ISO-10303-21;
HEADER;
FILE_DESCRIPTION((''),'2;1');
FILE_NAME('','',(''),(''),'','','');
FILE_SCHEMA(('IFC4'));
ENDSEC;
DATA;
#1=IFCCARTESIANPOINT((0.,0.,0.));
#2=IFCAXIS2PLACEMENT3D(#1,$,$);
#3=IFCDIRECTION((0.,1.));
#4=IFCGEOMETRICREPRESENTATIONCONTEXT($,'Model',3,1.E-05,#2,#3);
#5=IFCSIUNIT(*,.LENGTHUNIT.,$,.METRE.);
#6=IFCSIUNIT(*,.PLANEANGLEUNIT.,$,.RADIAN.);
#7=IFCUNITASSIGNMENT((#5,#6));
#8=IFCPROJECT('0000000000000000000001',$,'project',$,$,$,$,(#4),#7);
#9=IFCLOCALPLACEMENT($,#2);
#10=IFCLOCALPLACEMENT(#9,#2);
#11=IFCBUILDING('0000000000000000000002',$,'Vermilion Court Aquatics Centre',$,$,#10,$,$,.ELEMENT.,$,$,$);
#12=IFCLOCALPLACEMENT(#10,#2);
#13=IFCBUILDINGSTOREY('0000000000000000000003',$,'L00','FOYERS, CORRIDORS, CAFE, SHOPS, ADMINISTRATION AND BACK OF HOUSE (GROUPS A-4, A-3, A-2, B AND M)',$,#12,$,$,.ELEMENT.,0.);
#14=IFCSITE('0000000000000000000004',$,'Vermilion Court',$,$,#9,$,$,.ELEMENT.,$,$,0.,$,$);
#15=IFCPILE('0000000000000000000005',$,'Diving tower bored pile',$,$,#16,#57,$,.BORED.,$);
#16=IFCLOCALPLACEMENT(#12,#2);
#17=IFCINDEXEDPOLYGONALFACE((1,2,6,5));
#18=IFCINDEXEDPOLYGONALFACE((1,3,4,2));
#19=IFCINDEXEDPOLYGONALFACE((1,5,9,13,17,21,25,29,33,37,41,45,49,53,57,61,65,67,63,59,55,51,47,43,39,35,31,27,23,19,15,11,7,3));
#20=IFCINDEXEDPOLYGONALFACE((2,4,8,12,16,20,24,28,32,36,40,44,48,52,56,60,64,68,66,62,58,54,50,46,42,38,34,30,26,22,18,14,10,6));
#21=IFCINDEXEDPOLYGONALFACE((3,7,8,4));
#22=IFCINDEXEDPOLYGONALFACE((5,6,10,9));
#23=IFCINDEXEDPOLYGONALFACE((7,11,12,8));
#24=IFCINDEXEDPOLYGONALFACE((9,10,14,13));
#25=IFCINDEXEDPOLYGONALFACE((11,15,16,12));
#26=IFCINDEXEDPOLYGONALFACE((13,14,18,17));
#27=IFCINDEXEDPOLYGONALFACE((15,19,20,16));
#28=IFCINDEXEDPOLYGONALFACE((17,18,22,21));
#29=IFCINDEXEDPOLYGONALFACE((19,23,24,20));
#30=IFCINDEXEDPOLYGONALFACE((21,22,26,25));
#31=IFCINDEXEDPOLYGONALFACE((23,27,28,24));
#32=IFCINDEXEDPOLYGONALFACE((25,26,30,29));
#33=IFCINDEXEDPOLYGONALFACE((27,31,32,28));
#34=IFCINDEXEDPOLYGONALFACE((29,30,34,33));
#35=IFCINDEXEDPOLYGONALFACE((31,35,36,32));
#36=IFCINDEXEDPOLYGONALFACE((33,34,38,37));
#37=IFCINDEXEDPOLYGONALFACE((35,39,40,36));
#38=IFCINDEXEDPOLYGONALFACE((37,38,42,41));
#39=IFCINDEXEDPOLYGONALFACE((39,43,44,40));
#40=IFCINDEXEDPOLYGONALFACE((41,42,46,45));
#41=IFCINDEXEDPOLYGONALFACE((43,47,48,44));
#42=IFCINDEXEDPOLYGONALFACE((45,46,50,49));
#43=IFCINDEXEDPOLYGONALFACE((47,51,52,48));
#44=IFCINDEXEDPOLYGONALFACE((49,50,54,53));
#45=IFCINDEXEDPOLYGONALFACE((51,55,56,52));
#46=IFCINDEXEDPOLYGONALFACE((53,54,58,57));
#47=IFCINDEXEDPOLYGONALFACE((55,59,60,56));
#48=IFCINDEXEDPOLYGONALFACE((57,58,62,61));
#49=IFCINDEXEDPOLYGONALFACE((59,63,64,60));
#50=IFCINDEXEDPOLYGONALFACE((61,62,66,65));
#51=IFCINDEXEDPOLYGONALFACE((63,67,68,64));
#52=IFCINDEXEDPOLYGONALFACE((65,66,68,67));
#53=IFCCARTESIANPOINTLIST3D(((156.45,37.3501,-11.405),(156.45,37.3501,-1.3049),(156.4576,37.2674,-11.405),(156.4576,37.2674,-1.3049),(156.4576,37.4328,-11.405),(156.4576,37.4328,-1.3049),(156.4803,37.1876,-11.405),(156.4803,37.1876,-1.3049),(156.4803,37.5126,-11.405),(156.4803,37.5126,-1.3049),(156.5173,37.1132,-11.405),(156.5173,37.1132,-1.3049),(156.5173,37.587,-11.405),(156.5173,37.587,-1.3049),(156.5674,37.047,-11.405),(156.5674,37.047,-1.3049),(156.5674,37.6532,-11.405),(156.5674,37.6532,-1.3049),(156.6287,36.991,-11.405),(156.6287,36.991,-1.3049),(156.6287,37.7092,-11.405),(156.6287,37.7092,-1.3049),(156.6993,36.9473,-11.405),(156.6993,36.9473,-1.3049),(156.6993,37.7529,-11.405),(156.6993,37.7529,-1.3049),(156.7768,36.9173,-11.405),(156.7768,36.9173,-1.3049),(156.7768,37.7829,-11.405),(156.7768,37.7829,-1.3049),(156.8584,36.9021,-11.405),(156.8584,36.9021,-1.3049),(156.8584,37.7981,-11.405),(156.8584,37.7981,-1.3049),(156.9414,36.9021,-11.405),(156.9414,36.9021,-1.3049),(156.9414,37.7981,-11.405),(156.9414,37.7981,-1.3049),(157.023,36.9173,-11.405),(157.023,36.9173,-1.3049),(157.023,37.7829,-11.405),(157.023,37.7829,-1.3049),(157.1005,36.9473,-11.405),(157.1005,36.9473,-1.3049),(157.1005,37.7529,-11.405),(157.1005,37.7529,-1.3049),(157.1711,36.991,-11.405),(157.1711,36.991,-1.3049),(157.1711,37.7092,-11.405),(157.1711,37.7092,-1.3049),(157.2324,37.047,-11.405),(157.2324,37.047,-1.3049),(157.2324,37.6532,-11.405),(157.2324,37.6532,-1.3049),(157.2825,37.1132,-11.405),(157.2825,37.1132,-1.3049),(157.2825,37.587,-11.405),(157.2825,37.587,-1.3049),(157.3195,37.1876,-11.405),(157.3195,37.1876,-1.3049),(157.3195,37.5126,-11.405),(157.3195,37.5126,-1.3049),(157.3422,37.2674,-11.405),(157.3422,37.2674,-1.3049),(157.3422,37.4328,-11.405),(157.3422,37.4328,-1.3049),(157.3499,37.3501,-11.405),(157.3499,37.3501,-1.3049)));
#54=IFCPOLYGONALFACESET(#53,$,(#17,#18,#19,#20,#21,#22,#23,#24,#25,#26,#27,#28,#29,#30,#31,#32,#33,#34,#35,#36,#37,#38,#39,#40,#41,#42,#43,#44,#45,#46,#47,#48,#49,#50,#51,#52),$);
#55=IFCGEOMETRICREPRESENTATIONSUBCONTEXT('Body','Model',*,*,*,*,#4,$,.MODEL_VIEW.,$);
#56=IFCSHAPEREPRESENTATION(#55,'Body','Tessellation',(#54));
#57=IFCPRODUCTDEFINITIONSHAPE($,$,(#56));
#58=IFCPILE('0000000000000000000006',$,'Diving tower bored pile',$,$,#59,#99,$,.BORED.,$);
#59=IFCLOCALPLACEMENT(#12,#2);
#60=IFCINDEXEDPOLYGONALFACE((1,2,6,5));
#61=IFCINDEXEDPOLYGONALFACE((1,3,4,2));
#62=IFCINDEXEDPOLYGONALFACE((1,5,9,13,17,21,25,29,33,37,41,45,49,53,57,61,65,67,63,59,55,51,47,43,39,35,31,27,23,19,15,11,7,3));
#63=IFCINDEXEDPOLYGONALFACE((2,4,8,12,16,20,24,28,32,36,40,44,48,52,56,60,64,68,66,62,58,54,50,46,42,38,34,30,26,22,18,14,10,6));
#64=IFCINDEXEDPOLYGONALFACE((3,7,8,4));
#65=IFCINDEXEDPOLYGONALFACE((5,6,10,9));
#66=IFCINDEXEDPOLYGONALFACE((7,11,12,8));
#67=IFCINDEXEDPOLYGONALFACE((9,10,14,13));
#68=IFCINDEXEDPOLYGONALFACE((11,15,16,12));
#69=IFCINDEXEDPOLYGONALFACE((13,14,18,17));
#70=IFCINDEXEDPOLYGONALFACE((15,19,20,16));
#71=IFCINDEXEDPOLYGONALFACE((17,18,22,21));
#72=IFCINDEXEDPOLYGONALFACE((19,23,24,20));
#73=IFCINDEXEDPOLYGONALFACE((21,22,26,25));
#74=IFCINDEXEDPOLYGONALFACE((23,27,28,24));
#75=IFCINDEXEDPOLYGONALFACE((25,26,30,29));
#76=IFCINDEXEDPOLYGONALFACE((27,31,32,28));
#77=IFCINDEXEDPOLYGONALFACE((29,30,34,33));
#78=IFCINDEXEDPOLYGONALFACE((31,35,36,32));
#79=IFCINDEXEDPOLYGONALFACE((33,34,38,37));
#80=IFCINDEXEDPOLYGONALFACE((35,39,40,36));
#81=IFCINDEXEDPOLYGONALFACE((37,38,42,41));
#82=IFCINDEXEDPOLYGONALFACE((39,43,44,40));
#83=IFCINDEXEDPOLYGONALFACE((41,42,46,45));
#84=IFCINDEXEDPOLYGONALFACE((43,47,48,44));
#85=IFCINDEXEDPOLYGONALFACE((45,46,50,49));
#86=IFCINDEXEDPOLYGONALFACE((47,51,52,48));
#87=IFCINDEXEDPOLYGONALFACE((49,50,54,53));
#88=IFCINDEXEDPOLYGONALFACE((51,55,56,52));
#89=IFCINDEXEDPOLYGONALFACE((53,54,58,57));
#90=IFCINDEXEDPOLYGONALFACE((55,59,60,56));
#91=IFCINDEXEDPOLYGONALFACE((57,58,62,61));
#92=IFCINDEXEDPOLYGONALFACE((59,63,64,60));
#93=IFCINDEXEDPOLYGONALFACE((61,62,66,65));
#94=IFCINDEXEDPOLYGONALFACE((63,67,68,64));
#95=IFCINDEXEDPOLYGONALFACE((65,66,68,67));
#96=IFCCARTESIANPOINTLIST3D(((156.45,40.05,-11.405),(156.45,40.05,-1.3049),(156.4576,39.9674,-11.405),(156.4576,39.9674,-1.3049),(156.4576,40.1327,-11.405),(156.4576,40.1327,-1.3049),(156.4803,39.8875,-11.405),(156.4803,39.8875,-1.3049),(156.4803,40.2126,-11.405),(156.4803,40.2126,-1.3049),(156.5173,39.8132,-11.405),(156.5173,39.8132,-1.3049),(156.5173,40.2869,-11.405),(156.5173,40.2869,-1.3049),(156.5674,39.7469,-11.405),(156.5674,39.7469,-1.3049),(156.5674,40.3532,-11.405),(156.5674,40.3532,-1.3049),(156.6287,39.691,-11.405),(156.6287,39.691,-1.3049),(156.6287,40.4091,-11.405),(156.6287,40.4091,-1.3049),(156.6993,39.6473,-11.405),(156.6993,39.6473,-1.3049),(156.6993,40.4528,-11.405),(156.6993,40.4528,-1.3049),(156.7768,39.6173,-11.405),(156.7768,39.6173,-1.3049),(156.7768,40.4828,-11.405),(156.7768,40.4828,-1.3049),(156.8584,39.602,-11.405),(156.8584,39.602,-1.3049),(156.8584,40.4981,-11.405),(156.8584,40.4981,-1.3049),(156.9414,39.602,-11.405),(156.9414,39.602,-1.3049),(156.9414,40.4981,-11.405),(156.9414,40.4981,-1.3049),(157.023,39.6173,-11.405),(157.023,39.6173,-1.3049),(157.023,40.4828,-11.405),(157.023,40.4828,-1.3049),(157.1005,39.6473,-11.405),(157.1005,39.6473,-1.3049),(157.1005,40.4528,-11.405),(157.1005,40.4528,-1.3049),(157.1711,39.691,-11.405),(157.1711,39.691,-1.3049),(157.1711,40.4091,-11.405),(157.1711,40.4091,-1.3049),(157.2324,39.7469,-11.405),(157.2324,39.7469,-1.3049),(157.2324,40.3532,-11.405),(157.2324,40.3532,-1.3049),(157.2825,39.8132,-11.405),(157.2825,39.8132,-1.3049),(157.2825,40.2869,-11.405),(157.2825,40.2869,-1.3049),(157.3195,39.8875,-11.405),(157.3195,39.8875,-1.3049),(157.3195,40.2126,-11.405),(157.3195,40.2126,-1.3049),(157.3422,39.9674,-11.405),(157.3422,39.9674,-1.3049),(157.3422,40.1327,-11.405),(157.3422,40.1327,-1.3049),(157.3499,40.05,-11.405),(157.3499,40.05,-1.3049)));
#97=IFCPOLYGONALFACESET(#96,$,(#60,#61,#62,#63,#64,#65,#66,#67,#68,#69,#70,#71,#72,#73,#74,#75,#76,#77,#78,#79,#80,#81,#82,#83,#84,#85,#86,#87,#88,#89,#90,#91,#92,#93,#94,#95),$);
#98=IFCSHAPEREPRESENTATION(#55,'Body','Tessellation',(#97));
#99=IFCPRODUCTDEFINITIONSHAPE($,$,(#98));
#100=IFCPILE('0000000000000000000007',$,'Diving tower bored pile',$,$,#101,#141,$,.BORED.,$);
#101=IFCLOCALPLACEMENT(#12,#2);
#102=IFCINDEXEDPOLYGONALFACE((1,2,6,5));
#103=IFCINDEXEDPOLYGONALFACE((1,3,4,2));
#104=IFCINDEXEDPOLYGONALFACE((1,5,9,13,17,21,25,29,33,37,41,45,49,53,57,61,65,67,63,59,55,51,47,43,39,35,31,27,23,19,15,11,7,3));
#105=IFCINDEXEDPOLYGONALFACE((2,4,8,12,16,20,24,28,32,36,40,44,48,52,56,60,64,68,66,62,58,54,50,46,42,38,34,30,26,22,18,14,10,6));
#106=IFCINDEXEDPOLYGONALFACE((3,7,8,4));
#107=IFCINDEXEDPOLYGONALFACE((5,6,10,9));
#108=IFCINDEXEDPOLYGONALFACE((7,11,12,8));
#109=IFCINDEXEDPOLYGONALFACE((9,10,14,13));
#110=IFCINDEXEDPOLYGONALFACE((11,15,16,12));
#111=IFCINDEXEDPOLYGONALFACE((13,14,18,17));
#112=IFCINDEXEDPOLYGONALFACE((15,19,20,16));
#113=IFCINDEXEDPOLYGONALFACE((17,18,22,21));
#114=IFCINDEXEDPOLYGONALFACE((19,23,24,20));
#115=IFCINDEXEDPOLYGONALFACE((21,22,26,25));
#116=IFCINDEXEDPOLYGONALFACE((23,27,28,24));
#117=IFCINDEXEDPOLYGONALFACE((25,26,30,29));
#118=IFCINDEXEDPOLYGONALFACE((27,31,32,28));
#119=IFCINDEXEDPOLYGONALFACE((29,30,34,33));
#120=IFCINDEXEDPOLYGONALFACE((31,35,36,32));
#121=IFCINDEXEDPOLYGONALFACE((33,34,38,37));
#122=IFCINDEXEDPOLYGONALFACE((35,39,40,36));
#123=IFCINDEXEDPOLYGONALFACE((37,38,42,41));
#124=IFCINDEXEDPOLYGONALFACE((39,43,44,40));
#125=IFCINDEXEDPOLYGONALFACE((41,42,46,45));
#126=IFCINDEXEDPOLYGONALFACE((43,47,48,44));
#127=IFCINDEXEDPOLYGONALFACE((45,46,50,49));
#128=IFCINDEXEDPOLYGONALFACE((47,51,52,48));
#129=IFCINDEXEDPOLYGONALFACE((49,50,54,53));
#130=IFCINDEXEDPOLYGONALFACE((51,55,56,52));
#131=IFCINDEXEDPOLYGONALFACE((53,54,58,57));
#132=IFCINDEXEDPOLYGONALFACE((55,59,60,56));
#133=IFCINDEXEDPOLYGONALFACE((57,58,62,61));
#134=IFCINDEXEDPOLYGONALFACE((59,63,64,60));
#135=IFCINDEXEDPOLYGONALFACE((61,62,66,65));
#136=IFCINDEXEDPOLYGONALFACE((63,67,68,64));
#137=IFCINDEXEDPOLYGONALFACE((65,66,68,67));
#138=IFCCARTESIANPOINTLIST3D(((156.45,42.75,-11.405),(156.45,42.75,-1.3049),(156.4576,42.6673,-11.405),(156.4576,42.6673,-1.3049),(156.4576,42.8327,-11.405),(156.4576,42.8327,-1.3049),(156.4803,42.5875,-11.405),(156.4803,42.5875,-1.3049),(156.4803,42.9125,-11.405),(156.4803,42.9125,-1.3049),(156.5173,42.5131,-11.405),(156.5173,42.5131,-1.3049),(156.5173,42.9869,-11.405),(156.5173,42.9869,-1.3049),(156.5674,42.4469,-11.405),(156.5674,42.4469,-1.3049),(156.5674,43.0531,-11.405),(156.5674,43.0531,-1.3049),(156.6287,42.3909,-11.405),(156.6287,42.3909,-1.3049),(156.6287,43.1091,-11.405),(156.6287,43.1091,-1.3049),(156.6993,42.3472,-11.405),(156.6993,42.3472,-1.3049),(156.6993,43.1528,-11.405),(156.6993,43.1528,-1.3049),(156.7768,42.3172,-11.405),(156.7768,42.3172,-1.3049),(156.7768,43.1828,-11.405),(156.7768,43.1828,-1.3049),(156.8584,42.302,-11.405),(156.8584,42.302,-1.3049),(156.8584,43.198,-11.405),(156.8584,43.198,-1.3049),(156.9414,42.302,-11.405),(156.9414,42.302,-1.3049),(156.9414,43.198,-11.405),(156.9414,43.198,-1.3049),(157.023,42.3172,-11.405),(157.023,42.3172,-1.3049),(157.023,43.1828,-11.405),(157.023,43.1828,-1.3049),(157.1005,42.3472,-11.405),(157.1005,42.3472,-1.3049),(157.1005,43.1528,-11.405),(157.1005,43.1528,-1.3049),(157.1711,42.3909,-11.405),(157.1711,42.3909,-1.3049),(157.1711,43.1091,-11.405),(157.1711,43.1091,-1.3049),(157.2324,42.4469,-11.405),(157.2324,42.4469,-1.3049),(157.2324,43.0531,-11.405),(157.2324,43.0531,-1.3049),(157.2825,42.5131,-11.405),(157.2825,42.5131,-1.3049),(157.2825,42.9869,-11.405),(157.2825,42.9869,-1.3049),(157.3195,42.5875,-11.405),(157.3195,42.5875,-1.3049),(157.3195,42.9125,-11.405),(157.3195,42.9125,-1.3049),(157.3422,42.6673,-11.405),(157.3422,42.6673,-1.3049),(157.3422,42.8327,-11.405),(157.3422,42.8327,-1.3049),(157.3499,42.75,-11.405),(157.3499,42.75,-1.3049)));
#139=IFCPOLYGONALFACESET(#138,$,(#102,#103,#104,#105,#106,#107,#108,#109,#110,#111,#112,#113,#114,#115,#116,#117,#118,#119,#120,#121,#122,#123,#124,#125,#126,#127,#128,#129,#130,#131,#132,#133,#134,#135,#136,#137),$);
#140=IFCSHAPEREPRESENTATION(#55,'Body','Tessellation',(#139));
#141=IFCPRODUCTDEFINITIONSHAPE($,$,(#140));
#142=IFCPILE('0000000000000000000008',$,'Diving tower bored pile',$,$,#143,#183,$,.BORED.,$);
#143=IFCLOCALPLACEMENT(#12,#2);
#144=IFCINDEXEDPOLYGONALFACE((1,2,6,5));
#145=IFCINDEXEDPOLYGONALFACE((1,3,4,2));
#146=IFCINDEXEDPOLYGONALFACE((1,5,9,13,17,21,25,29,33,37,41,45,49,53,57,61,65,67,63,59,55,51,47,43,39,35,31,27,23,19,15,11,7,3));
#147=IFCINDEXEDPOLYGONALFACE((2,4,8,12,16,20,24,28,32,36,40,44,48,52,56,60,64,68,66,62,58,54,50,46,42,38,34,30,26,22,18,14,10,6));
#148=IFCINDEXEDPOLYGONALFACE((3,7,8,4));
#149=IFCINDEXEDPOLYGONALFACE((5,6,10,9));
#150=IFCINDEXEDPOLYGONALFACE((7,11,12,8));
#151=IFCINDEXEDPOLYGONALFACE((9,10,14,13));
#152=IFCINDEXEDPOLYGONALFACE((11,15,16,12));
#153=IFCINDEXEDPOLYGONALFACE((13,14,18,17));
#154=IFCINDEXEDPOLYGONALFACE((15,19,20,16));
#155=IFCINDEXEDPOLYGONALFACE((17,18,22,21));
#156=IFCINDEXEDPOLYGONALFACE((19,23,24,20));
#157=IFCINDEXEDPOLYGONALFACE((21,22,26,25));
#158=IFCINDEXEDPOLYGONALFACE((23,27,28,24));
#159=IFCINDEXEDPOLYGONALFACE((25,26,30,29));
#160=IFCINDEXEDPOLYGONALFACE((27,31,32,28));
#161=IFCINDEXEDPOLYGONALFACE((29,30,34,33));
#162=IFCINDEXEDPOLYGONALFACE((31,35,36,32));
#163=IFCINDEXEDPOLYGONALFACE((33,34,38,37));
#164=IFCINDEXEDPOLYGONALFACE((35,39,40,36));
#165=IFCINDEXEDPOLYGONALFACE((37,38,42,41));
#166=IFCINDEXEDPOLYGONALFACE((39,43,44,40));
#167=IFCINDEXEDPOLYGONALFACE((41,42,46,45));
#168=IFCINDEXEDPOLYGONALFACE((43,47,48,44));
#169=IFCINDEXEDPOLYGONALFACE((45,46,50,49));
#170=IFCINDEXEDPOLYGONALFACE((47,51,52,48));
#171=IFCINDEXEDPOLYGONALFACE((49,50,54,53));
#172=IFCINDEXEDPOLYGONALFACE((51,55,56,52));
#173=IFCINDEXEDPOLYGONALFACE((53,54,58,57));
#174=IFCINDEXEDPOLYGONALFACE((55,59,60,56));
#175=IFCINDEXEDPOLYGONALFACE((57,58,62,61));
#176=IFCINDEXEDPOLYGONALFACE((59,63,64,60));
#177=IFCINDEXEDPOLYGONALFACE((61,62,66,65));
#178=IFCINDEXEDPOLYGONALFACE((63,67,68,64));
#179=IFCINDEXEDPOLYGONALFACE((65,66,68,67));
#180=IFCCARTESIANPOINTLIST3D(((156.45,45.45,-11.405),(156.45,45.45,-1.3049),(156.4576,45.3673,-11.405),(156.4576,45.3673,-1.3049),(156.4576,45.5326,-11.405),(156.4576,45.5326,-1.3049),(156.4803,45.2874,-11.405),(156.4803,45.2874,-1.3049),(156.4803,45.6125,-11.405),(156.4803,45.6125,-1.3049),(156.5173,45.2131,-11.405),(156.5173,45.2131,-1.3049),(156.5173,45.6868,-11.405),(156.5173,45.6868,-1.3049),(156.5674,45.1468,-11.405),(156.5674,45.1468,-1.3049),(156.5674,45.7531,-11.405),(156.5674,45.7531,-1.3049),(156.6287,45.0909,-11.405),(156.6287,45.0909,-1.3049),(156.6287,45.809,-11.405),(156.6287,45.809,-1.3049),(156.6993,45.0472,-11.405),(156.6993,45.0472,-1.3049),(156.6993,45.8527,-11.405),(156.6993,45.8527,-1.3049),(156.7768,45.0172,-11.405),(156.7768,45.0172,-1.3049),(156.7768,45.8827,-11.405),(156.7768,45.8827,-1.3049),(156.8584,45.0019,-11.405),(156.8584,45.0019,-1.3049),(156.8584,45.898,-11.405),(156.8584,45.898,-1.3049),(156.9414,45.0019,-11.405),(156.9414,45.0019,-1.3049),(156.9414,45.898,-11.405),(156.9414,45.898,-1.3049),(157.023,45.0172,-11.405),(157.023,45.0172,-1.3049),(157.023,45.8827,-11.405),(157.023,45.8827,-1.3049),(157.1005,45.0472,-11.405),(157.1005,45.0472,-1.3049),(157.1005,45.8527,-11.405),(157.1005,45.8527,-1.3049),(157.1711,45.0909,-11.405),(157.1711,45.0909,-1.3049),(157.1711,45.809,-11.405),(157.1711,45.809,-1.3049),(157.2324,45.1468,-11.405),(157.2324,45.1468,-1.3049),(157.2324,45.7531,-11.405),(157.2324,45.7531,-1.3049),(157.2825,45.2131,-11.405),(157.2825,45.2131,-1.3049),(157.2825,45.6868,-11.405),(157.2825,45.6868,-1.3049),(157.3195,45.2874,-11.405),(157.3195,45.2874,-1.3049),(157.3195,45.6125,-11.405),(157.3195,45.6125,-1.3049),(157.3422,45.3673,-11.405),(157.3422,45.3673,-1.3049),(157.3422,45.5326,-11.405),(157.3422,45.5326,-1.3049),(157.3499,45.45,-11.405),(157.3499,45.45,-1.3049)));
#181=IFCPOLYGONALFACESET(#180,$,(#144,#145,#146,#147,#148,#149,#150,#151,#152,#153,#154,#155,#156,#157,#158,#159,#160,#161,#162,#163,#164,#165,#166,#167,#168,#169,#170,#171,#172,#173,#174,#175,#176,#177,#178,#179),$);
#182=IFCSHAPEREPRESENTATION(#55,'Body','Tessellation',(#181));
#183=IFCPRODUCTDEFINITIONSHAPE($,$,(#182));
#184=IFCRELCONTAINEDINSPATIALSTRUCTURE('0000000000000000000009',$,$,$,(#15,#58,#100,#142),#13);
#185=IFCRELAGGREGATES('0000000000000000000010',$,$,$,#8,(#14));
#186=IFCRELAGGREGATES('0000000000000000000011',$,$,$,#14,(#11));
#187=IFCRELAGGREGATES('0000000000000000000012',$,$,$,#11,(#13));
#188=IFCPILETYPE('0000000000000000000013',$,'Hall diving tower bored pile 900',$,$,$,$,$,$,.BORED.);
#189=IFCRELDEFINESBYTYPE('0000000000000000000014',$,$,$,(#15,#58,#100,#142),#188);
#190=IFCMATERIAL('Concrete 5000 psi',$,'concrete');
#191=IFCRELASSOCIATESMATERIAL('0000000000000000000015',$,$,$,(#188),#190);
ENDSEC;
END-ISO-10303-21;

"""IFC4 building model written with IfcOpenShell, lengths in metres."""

from ifc_helpers import new_model, si_unit, direction, frame, origin, origin_2d, place, context, subcontext, project, spatial, circle, extrude, material, material_profile, profile_set, type_object, element, save


model = new_model("IFC4")

# Units and contexts
model_context = context("Model", 3, precision=1e-05, world=origin(), true_north=direction((0.0, 1.0)))
body_context = subcontext(model_context, "Body", "Model", "MODEL_VIEW")
ifc_project = project(units=[si_unit("LENGTHUNIT", "METRE"), si_unit("PLANEANGLEUNIT", "RADIAN")], contexts=[model_context])

# Site, building, storey
site_placement = place(None, origin())
site = spatial("IfcSite", under=ifc_project, at=site_placement, Name="Vermilion Court", CompositionType="ELEMENT", RefElevation=0.0)
building_placement = place(site_placement, origin())
building = spatial("IfcBuilding", under=site, at=building_placement, Name="Vermilion Court Aquatics Centre", CompositionType="ELEMENT")
storey_placement = place(building_placement, origin())
storey = spatial("IfcBuildingStorey", under=building, at=storey_placement, Name="L00", Description="FOYERS, CORRIDORS, CAFE, SHOPS, ADMINISTRATION AND BACK OF HOUSE (GROUPS A-4, A-3, A-2, B AND M)", CompositionType="ELEMENT", Elevation=0.0)

# Piles
ifc_material_1 = material(Name="Concrete 5000 psi", Category="concrete")
ifc_material_profile_1 = material_profile(ifc_material_1, circle(Radius=0.45, at=origin_2d()), Name="D900")
ifc_profile_set_1 = profile_set([ifc_material_profile_1], Name="Concrete 5000 psi")
pile_type = type_object("IfcPileType", Name="Hall diving tower bored pile 900", PredefinedType="BORED", material=ifc_profile_set_1)
for number, where, z_axis, x_axis, name in (
    (1, (156.8999, 37.3501, -1.3049), (0.0, 0.0, -1.0), (1.0, 0.0, 0.0), "Diving tower bored pile"),
    (2, (156.8999, 40.05, -1.3049), (0.0, 0.0, -1.0), (1.0, 0.0, 0.0), "Diving tower bored pile"),
    (3, (156.8999, 42.75, -1.3049), (0.0, 0.0, -1.0), (1.0, 0.0, 0.0), "Diving tower bored pile"),
    (4, (156.8999, 45.45, -1.3049), (0.0, 0.0, -1.0), (1.0, 0.0, 0.0), "Diving tower bored pile"),
):
    element("IfcPile", number, at=place(storey_placement, frame(where, z_axis=z_axis, x_axis=x_axis)), inside=storey, type_object=pile_type, Name=name, PredefinedType="BORED", context=body_context, shape_type="SweptSolid", body=[
        extrude(circle(Radius=0.45, at=origin_2d()), origin(), (0.0, 0.0, 1.0), 10.1001),
    ])

save(model, "model.ifc")
